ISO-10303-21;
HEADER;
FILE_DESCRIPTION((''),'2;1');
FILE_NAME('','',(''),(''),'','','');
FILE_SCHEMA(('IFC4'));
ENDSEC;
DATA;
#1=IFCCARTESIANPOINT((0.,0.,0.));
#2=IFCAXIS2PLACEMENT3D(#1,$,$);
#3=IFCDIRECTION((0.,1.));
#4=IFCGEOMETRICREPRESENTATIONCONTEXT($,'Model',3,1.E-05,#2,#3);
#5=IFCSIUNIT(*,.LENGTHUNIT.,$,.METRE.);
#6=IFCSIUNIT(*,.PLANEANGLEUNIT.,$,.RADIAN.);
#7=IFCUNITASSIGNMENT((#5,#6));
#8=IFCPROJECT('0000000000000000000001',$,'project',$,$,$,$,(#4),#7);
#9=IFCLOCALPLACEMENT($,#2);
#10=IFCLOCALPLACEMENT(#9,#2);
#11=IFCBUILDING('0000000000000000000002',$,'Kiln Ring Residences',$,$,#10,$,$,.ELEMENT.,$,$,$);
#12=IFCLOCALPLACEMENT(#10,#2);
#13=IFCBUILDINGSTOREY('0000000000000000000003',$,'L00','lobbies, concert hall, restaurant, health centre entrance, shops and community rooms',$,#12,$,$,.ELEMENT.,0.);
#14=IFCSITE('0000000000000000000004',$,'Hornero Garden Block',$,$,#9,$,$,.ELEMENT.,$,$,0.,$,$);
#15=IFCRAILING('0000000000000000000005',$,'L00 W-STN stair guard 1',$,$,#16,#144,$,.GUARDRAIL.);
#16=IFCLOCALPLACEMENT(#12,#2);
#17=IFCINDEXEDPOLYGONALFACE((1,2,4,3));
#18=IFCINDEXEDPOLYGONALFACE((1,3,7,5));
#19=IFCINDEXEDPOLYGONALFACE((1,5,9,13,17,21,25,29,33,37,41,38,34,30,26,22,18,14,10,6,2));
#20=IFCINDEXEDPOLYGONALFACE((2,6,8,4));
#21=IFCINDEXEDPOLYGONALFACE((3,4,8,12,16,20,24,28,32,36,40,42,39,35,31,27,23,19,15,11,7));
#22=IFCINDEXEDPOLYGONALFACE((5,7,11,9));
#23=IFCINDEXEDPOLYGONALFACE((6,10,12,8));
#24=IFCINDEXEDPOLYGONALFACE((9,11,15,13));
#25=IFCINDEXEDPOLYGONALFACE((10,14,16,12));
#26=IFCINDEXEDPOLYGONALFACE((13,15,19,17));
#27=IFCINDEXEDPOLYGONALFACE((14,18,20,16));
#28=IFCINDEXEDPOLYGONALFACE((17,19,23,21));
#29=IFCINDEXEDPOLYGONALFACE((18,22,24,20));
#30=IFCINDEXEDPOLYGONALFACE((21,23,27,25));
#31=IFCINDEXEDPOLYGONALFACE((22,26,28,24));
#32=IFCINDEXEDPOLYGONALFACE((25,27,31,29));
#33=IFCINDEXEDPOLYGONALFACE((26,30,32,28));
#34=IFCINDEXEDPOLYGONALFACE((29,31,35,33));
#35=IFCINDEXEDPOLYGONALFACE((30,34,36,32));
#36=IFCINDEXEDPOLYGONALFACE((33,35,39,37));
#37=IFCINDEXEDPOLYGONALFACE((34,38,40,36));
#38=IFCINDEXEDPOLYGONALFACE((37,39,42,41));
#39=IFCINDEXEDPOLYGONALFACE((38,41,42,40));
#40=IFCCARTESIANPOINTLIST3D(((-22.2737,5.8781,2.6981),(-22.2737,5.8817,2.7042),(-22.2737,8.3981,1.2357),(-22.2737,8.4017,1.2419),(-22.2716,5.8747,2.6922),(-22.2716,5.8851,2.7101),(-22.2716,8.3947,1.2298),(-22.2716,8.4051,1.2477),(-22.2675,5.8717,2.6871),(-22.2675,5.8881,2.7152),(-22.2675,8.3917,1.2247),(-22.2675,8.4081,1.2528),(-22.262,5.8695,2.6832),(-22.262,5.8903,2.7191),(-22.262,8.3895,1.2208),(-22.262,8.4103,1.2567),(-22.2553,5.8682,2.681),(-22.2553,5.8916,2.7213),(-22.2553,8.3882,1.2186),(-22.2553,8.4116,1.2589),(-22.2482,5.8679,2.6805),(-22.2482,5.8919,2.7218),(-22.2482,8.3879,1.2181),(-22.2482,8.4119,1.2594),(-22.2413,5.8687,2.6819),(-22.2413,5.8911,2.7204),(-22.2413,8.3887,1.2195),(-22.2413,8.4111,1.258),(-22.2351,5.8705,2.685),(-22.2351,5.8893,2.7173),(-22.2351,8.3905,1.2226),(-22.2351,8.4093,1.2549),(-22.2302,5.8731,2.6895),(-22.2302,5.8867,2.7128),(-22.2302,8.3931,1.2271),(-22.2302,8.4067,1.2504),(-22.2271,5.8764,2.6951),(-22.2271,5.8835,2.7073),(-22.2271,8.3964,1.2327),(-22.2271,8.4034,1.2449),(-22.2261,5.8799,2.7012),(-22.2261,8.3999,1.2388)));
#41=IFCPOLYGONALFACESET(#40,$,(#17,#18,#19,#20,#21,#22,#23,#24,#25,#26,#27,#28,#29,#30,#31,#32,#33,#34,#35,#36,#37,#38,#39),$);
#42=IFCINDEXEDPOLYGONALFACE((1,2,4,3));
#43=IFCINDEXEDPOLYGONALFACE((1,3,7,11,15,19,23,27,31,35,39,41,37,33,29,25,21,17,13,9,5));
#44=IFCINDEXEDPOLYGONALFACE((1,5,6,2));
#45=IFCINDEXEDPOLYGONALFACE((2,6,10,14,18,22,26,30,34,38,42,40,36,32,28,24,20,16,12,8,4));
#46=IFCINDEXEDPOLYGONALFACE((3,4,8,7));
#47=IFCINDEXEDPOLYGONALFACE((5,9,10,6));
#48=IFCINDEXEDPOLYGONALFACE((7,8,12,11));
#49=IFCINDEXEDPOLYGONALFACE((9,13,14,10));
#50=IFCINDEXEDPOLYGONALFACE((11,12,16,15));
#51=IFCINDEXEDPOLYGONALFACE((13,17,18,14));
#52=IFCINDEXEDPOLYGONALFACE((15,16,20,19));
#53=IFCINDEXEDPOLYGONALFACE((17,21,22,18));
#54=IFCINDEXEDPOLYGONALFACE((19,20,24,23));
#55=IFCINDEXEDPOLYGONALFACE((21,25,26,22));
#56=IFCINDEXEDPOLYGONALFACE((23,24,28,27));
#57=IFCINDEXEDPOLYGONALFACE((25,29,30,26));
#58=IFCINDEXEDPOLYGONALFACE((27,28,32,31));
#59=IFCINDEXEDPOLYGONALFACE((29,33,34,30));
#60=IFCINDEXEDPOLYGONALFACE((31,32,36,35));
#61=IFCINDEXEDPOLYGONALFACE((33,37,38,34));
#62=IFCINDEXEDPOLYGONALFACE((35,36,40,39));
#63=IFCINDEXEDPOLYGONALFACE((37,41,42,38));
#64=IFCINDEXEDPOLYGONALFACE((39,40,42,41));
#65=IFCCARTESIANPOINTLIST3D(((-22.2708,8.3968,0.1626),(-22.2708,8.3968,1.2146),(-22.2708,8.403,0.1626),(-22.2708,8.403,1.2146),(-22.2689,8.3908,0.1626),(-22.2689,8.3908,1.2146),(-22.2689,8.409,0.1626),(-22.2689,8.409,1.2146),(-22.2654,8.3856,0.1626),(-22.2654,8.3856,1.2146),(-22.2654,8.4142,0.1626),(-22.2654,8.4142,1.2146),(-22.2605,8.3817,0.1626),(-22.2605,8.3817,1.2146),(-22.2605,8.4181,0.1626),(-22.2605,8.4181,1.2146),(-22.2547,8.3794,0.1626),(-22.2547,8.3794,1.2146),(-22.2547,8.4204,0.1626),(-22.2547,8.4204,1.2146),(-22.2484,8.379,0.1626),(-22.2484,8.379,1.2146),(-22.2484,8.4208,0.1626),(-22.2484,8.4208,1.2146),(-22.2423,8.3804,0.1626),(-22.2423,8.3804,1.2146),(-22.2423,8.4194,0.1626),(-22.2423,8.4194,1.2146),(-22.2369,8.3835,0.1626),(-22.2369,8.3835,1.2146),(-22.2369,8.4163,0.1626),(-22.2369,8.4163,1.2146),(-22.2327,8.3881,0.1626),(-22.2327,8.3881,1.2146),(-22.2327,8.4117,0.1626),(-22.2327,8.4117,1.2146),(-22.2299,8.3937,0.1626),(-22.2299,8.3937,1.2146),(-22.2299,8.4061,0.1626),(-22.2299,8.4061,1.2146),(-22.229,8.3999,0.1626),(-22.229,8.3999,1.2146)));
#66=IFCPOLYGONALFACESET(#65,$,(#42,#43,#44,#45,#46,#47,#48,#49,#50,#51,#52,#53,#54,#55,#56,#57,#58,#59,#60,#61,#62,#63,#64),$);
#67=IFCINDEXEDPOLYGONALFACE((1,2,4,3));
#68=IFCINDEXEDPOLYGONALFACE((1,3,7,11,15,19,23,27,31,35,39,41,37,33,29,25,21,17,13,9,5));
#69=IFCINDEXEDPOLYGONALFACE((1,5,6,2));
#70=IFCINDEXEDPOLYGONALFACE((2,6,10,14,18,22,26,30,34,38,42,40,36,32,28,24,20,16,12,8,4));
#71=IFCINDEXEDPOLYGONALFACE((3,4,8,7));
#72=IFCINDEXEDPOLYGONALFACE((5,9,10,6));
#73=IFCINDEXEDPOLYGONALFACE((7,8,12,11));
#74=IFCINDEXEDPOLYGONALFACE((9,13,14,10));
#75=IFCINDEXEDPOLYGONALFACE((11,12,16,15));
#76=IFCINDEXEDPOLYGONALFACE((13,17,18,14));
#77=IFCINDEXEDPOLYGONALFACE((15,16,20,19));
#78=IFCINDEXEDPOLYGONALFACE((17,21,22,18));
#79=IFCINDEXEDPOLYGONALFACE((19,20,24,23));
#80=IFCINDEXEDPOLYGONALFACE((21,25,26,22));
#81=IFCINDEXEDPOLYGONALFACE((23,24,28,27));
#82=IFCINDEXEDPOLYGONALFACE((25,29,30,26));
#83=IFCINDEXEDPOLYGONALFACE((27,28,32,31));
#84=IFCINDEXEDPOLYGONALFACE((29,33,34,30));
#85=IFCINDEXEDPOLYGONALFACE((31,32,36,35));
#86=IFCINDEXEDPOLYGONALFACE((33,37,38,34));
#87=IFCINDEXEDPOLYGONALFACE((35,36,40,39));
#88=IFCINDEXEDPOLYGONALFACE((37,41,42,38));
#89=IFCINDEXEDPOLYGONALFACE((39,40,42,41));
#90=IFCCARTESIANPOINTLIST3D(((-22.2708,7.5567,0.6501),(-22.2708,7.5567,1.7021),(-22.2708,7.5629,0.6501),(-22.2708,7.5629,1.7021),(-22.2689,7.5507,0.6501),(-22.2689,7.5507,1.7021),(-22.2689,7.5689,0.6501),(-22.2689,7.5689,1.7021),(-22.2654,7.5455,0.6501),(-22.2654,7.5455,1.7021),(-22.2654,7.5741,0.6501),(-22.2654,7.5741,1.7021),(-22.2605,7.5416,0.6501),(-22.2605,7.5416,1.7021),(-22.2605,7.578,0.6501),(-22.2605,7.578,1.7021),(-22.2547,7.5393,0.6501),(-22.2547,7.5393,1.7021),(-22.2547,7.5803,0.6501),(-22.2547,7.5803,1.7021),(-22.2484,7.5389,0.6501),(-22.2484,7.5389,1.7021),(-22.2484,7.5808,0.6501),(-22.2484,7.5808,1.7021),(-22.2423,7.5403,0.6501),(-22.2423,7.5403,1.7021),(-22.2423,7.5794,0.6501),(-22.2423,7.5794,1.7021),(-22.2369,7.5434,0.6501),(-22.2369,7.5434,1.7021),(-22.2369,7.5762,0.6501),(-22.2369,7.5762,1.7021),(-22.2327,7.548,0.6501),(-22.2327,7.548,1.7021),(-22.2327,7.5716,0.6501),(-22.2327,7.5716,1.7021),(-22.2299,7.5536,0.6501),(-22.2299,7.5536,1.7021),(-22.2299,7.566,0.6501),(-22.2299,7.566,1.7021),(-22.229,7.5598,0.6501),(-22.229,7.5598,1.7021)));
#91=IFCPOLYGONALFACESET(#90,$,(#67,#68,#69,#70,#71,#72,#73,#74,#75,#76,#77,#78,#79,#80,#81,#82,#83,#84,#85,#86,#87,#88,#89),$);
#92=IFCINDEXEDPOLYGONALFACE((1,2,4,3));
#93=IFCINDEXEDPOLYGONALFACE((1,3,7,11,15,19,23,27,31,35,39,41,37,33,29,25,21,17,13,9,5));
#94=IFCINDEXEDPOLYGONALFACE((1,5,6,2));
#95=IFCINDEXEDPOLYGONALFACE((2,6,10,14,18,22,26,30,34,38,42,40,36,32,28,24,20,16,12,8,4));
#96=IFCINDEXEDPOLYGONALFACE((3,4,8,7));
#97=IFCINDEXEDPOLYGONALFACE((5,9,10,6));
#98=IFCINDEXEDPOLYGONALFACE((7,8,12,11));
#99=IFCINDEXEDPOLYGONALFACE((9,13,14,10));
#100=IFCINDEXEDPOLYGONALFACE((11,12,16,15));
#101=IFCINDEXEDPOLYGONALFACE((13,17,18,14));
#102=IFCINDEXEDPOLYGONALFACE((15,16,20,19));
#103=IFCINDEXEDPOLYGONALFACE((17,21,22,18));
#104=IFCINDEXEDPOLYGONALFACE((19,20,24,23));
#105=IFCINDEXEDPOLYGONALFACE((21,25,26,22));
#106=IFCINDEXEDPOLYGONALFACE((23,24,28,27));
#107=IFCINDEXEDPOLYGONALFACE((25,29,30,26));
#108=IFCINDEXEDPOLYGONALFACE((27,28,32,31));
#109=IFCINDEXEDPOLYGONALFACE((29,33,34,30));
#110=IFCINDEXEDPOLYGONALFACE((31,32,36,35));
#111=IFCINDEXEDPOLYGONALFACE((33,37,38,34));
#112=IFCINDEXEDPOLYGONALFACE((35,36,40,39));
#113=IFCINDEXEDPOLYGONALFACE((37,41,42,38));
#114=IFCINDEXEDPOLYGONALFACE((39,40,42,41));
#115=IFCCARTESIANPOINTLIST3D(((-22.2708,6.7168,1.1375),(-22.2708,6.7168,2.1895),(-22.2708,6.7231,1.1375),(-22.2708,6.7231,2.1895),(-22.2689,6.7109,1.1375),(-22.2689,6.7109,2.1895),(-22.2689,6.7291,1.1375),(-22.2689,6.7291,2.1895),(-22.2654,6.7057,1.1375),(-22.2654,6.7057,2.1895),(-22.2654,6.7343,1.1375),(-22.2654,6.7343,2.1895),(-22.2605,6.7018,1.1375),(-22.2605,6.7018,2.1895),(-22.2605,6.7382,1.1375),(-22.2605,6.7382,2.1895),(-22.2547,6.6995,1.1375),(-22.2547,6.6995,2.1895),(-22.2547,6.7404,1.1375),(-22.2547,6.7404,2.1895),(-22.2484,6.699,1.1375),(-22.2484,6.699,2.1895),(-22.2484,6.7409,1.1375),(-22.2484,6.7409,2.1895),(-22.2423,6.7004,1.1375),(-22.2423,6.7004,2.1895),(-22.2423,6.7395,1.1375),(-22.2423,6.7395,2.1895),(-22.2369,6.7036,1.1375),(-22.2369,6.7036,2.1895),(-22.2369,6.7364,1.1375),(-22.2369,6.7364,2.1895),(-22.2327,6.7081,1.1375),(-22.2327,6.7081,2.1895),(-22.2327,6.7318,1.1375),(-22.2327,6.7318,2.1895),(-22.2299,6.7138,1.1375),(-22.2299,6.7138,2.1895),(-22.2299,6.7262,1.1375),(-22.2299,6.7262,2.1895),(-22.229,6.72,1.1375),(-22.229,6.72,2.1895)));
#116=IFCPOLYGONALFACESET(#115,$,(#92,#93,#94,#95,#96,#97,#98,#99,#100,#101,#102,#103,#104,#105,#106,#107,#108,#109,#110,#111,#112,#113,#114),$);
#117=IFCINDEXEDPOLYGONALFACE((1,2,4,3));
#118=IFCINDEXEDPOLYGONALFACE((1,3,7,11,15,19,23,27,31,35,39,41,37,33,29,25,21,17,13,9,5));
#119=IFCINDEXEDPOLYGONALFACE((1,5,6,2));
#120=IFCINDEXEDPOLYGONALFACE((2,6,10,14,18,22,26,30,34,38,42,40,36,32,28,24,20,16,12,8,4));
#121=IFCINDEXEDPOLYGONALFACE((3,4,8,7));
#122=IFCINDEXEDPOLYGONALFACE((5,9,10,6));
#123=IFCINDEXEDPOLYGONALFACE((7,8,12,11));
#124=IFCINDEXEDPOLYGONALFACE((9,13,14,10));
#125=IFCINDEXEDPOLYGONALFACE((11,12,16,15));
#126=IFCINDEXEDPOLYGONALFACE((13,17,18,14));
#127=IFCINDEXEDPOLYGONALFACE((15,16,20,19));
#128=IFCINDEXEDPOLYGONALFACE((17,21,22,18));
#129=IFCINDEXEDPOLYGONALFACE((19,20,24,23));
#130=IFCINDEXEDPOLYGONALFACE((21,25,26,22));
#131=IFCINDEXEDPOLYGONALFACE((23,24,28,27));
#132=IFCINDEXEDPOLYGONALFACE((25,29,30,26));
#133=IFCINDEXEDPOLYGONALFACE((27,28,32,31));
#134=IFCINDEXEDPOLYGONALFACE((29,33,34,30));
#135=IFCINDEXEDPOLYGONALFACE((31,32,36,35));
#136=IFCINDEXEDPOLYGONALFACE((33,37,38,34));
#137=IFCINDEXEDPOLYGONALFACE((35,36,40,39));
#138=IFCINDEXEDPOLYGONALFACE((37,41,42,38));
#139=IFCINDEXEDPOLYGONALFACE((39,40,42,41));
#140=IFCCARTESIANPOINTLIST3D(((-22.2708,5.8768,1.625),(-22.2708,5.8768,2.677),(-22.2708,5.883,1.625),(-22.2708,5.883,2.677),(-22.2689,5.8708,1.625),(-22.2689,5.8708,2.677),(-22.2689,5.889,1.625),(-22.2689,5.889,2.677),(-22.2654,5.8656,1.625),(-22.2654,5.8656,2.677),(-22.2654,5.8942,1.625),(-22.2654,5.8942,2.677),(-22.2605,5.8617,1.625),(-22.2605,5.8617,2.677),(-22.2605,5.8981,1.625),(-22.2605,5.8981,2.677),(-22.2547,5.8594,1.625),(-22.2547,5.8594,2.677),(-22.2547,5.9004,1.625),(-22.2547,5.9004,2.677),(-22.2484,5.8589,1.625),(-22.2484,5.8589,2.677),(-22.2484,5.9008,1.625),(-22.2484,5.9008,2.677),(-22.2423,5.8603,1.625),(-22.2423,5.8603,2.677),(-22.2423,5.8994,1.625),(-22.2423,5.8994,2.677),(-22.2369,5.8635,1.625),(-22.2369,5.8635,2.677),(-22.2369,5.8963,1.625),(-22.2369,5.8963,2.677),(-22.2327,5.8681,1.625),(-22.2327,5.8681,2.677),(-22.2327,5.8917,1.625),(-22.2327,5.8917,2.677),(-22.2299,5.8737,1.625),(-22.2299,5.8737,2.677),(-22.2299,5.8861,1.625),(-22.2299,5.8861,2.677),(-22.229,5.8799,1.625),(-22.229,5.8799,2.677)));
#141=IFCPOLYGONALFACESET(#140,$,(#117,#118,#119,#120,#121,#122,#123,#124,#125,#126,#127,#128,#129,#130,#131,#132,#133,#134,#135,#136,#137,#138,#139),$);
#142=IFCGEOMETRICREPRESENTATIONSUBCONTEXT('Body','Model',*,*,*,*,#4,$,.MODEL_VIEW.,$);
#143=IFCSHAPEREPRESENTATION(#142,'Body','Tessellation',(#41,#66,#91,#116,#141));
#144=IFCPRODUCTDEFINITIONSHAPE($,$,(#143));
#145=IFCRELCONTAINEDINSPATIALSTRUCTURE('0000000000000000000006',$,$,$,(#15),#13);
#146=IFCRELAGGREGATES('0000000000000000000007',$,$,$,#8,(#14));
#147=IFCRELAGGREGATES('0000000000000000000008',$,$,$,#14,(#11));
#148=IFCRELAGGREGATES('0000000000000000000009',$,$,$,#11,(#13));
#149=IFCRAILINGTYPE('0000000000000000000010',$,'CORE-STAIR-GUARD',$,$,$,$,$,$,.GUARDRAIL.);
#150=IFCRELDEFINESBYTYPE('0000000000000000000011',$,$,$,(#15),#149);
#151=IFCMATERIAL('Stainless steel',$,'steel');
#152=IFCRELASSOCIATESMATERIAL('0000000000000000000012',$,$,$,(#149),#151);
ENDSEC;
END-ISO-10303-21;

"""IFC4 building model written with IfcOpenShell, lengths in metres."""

from ifc_helpers import new_model, si_unit, direction, frame, origin, origin_2d, place, context, subcontext, project, spatial, circle, extrude, material, type_object, element, save


model = new_model("IFC4")

# Units and contexts
model_context = context("Model", 3, precision=1e-05, world=origin(), true_north=direction((0.0, 1.0)))
body_context = subcontext(model_context, "Body", "Model", "MODEL_VIEW")
ifc_project = project(units=[si_unit("LENGTHUNIT", "METRE"), si_unit("PLANEANGLEUNIT", "RADIAN")], contexts=[model_context])

# Site, building, storey
site_placement = place(None, origin())
site = spatial("IfcSite", under=ifc_project, at=site_placement, Name="Hornero Garden Block", CompositionType="ELEMENT", RefElevation=0.0)
building_placement = place(site_placement, origin())
building = spatial("IfcBuilding", under=site, at=building_placement, Name="Kiln Ring Residences", CompositionType="ELEMENT")
storey_placement = place(building_placement, origin())
storey = spatial("IfcBuildingStorey", under=building, at=storey_placement, Name="L00", Description="lobbies, concert hall, restaurant, health centre entrance, shops and community rooms", CompositionType="ELEMENT", Elevation=0.0)

# Railing
ifc_material_1 = material(Name="Stainless steel", Category="steel")
railing_type_1 = type_object("IfcRailingType", Name="CORE-STAIR-GUARD", PredefinedType="GUARDRAIL", material=ifc_material_1)
for number, where, name in (
    (1, (-22.25, 8.3999, 0.1626), "L00 W-STN stair guard 1"),
):
    element("IfcRailing", number, at=place(storey_placement, frame(where)), inside=storey, type_object=railing_type_1, Name=name, PredefinedType="GUARDRAIL", context=body_context, shape_type="SweptSolid", body=[
        extrude(circle(Radius=0.0239, at=origin_2d()), frame((0.0, 0.0, 1.0762), z_axis=(0.0, -0.864913, 0.501921), x_axis=(1.0, 0.0, 0.0)), (0.0, 0.0, 1.0), 2.9136),
        extrude(circle(Radius=0.021, at=origin_2d()), origin(), (0.0, 0.0, 1.0), 1.052),
        extrude(circle(Radius=0.021, at=origin_2d()), frame((0.0, -0.8401, 0.4875)), (0.0, 0.0, 1.0), 1.052),
        extrude(circle(Radius=0.021, at=origin_2d()), frame((0.0, -1.6799, 0.9749)), (0.0, 0.0, 1.0), 1.052),
        extrude(circle(Radius=0.021, at=origin_2d()), frame((0.0, -2.52, 1.4624)), (0.0, 0.0, 1.0), 1.052),
    ])

save(model, "model.ifc")
